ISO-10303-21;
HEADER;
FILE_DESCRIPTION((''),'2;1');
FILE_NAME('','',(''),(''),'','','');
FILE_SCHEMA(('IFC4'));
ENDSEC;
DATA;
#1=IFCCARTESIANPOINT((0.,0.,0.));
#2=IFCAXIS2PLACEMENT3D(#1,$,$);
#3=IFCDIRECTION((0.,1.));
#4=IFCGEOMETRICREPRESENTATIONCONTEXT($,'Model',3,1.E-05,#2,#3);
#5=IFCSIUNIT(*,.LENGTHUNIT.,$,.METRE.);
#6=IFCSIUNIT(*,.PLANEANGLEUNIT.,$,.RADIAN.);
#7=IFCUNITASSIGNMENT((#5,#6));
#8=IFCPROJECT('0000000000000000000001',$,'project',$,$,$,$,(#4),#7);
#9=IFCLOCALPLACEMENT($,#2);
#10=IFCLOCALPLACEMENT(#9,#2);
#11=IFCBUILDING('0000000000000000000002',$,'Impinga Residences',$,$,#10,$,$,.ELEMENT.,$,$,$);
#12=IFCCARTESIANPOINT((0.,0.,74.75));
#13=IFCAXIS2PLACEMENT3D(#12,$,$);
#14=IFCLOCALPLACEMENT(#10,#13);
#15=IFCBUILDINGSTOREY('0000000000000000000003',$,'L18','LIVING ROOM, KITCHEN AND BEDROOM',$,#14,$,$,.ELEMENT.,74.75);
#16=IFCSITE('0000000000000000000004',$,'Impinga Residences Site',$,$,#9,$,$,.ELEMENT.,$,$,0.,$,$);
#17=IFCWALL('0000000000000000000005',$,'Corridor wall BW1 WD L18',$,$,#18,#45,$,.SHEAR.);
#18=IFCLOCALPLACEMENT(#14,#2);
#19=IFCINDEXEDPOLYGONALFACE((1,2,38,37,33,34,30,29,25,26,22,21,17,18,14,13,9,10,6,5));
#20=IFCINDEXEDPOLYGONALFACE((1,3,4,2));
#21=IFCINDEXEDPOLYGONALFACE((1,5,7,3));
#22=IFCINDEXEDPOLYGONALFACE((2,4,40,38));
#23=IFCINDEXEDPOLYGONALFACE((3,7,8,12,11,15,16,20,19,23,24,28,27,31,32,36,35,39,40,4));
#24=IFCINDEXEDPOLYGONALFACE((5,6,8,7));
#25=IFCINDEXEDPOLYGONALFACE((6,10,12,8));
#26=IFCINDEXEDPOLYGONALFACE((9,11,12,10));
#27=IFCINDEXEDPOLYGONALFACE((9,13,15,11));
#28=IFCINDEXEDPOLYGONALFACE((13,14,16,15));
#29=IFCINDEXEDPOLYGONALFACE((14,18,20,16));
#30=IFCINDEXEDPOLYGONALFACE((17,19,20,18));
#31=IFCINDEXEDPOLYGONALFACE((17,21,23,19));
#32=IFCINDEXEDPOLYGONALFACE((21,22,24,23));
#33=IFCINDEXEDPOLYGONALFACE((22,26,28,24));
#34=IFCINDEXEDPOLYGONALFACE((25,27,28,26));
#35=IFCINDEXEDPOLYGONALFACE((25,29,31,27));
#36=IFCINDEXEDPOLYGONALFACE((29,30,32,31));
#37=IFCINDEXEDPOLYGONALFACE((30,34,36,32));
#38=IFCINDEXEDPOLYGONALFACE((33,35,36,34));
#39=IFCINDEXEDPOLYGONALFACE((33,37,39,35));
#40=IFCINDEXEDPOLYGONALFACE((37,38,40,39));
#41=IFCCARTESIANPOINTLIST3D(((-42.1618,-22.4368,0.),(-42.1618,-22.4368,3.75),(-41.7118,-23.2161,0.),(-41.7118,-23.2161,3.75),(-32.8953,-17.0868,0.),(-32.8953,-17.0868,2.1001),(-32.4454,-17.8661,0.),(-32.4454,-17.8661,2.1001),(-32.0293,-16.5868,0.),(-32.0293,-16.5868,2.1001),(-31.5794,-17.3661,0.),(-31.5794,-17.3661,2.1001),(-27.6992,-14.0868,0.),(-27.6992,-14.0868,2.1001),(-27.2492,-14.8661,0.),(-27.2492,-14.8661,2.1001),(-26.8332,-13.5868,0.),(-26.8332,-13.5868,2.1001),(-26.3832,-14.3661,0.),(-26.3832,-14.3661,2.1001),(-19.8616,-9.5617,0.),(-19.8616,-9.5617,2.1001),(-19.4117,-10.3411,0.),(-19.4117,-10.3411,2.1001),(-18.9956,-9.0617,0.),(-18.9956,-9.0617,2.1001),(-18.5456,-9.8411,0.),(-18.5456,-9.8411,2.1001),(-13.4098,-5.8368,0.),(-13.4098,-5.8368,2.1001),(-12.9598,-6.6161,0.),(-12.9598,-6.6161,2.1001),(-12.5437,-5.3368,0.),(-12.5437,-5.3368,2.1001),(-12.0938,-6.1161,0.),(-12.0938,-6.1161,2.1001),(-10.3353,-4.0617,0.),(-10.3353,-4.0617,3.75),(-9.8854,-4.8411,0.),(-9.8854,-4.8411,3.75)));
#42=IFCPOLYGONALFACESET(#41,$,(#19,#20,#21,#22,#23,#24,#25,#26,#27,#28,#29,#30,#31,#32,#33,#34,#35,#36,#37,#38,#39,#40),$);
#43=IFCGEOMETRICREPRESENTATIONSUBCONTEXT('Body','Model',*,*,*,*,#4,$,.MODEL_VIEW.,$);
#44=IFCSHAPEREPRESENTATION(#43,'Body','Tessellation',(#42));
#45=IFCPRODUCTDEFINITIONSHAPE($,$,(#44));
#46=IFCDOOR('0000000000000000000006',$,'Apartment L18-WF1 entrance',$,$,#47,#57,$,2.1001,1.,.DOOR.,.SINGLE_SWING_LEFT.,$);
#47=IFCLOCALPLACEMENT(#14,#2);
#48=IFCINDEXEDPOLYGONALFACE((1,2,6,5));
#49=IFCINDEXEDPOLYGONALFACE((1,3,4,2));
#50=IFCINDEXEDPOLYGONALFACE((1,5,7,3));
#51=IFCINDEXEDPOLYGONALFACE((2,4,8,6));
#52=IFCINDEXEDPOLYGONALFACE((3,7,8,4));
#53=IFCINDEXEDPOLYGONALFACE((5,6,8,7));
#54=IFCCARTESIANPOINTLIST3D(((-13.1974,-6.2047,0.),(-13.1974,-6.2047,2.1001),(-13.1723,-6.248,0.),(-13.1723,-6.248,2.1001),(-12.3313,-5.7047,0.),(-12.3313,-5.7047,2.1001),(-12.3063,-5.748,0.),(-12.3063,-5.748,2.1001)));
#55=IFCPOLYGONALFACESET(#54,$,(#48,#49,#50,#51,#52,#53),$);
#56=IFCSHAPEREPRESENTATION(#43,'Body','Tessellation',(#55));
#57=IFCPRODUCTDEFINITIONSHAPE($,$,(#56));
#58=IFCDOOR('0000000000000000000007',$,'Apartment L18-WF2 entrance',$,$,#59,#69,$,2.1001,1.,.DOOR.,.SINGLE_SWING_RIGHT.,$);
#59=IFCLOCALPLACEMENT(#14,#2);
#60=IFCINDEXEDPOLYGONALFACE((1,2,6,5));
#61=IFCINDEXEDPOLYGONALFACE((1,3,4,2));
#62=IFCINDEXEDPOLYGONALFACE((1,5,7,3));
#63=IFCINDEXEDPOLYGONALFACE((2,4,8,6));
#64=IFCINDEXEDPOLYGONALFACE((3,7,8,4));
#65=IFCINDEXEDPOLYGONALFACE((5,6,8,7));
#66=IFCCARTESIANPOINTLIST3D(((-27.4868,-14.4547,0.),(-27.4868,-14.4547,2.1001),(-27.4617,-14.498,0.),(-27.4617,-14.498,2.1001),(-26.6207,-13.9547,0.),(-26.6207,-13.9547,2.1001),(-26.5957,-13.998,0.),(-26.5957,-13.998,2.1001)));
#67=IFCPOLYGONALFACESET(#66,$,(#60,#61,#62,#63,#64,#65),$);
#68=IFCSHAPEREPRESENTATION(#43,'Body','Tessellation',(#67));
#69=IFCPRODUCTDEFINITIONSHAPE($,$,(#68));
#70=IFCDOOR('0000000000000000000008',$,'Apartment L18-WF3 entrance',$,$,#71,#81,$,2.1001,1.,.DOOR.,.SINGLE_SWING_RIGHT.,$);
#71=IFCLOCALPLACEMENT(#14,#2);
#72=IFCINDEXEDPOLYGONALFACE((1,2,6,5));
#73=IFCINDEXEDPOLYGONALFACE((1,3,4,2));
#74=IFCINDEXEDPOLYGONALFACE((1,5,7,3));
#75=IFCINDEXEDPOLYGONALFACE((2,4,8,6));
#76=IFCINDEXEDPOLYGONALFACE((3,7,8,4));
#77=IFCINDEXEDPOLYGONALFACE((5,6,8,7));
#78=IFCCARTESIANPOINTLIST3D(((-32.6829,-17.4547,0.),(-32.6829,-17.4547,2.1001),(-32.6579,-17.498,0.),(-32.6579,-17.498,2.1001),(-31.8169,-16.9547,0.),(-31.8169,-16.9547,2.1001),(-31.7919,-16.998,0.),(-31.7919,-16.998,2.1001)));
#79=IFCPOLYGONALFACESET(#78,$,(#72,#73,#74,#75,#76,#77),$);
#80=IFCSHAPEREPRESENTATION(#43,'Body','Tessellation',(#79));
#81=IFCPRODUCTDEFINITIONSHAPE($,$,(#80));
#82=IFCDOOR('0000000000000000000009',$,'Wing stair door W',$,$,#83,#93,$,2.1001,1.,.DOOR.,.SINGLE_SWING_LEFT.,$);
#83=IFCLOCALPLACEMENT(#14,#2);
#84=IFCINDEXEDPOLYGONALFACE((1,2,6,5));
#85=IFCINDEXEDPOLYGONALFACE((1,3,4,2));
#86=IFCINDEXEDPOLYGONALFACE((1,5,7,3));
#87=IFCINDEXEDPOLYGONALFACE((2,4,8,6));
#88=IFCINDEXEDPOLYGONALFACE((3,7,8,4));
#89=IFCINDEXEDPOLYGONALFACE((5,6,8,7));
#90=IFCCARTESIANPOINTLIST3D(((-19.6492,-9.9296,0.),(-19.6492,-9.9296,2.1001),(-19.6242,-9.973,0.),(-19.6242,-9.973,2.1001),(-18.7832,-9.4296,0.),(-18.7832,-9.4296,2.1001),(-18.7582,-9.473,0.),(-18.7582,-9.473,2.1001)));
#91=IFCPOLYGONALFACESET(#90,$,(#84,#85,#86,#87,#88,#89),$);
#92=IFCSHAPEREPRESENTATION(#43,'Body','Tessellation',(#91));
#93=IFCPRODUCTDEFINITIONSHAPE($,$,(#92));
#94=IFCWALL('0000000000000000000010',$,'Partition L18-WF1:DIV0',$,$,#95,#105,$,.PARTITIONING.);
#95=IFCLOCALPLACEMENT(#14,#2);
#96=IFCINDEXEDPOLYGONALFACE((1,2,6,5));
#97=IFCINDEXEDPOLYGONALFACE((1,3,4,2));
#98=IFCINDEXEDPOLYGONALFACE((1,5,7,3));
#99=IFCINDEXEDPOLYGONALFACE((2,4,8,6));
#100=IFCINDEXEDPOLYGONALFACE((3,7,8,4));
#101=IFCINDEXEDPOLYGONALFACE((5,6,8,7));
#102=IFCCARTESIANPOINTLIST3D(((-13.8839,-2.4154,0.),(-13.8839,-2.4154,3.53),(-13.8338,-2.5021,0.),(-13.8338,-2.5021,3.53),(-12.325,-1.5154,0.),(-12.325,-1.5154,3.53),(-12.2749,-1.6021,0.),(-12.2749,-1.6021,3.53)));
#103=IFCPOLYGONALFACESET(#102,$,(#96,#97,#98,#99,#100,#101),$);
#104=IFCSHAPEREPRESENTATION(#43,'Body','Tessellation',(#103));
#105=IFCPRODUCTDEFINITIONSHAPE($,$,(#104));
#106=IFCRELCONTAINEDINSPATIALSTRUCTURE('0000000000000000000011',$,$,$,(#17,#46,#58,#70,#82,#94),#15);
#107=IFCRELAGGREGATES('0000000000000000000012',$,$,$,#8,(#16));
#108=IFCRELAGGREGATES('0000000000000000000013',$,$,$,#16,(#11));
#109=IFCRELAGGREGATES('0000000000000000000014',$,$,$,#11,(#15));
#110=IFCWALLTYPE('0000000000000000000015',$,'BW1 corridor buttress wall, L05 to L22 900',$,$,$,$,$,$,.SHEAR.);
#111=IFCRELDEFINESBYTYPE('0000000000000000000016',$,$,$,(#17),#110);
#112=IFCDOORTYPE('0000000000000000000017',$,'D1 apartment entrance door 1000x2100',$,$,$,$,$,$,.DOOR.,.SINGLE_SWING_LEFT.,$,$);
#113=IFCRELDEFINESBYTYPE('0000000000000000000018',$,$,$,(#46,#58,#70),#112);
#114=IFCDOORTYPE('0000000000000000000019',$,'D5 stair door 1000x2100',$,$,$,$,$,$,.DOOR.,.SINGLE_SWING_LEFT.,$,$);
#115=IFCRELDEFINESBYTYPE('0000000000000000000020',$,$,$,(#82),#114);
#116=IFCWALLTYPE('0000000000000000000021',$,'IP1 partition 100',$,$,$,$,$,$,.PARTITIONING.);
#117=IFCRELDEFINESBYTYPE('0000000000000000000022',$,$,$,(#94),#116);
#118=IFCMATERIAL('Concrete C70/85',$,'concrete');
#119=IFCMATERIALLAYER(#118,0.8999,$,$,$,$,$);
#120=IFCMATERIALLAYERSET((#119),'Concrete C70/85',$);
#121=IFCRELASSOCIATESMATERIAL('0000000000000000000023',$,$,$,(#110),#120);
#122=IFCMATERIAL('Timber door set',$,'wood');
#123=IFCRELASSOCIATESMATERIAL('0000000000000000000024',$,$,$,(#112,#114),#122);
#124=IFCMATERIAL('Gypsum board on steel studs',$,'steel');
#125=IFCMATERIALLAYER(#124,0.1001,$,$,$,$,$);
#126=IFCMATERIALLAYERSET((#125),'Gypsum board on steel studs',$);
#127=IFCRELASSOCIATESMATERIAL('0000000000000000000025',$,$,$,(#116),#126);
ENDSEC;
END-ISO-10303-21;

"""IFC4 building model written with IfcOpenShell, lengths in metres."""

from ifc_helpers import new_model, si_unit, direction, frame, frame_2d, origin, place, context, subcontext, project, spatial, rectangle, extrude, material, layer, layer_set, type_object, element, fill, save


model = new_model("IFC4")

# Units and contexts
model_context = context("Model", 3, precision=1e-05, world=origin(), true_north=direction((0.0, 1.0)))
body_context = subcontext(model_context, "Body", "Model", "MODEL_VIEW")
ifc_project = project(units=[si_unit("LENGTHUNIT", "METRE"), si_unit("PLANEANGLEUNIT", "RADIAN")], contexts=[model_context])

# Site, building, storey
site_placement = place(None, origin())
site = spatial("IfcSite", under=ifc_project, at=site_placement, Name="Impinga Residences Site", CompositionType="ELEMENT", RefElevation=0.0)
building_placement = place(site_placement, origin())
building = spatial("IfcBuilding", under=site, at=building_placement, Name="Impinga Residences", CompositionType="ELEMENT")
storey_placement = place(building_placement, frame((0.0, 0.0, 74.75)))
storey = spatial("IfcBuildingStorey", under=building, at=storey_placement, Name="L18", Description="LIVING ROOM, KITCHEN AND BEDROOM", CompositionType="ELEMENT", Elevation=74.75)

# Wall, openings, doors
ifc_material_1 = material(Name="Concrete C70/85", Category="concrete")
ifc_layer_1 = layer(ifc_material_1, 0.8999)
ifc_layer_set_1 = layer_set([ifc_layer_1], Name="Concrete C70/85")
wall_type_1 = type_object("IfcWallType", Name="BW1 corridor buttress wall, L05 to L22 900", PredefinedType="SHEAR", material=ifc_layer_set_1)
wall_1_placement = place(storey_placement, frame((-10.1104, -4.4514, 0.0), z_axis=(0.0, 0.0, 1.0), x_axis=(-0.866025, -0.5, 0.0)))
wall_1 = element("IfcWall", 1, at=wall_1_placement, inside=storey, type_object=wall_type_1, Name="Corridor wall BW1 WD L18", PredefinedType="SHEAR", context=body_context, shape_type="SweptSolid", body=[
    extrude(rectangle(XDim=36.75, YDim=0.8999, at=frame_2d((18.375, 0.0))), origin(), (0.0, 0.0, 1.0), 3.75),
])
opening_1_placement = place(wall_1_placement, frame((10.0, 0.0, 0.0)))
opening_1 = element("IfcOpeningElement", 2, at=opening_1_placement, cuts=wall_1, PredefinedType="OPENING", context=body_context, shape_type="SweptSolid", body=[
    extrude(rectangle(XDim=1.0, YDim=2.1001, at=frame_2d((0.5, 1.05))), frame((0.0, 0.46, 0.0), z_axis=(0.0, -1.0, 0.0), x_axis=(1.0, 0.0, 0.0)), (0.0, 0.0, 1.0), 0.9199),
])
opening_2_placement = place(wall_1_placement, frame((2.55, 0.0, 0.0)))
opening_2 = element("IfcOpeningElement", 3, at=opening_2_placement, cuts=wall_1, PredefinedType="OPENING", context=body_context, shape_type="SweptSolid", body=[
    extrude(rectangle(XDim=1.0, YDim=2.1001, at=frame_2d((0.5, 1.05))), frame((0.0, 0.46, 0.0), z_axis=(0.0, -1.0, 0.0), x_axis=(1.0, 0.0, 0.0)), (0.0, 0.0, 1.0), 0.9199),
])
opening_3_placement = place(wall_1_placement, frame((19.05, 0.0, 0.0)))
opening_3 = element("IfcOpeningElement", 4, at=opening_3_placement, cuts=wall_1, PredefinedType="OPENING", context=body_context, shape_type="SweptSolid", body=[
    extrude(rectangle(XDim=1.0, YDim=2.1001, at=frame_2d((0.5, 1.05))), frame((0.0, 0.46, 0.0), z_axis=(0.0, -1.0, 0.0), x_axis=(1.0, 0.0, 0.0)), (0.0, 0.0, 1.0), 0.9199),
])
opening_4_placement = place(wall_1_placement, frame((25.05, 0.0, 0.0)))
opening_4 = element("IfcOpeningElement", 5, at=opening_4_placement, cuts=wall_1, PredefinedType="OPENING", context=body_context, shape_type="SweptSolid", body=[
    extrude(rectangle(XDim=1.0, YDim=2.1001, at=frame_2d((0.5, 1.05))), frame((0.0, 0.46, 0.0), z_axis=(0.0, -1.0, 0.0), x_axis=(1.0, 0.0, 0.0)), (0.0, 0.0, 1.0), 0.9199),
])
ifc_material_2 = material(Name="Timber door set", Category="wood")
door_type_1 = type_object("IfcDoorType", Name="D1 apartment entrance door 1000x2100", OperationType="SINGLE_SWING_LEFT", PredefinedType="DOOR", material=ifc_material_2)
door_1_placement = place(opening_2_placement, origin())
door_1 = element("IfcDoor", 6, at=door_1_placement, inside=storey, type_object=door_type_1, Name="Apartment L18-WF1 entrance", OperationType="SINGLE_SWING_LEFT", OverallHeight=2.1001, OverallWidth=1.0, PredefinedType="DOOR", context=body_context, shape_type="SweptSolid", body=[
    extrude(rectangle(XDim=1.0, YDim=2.1001, at=frame_2d((0.5, 1.05))), frame((0.0, 0.0249, 0.0), z_axis=(0.0, -1.0, 0.0), x_axis=(1.0, 0.0, 0.0)), (0.0, 0.0, 1.0), 0.05),
])
fill(opening_2, door_1)
door_2_placement = place(opening_3_placement, origin())
door_2 = element("IfcDoor", 7, at=door_2_placement, inside=storey, type_object=door_type_1, Name="Apartment L18-WF2 entrance", OperationType="SINGLE_SWING_RIGHT", OverallHeight=2.1001, OverallWidth=1.0, PredefinedType="DOOR", context=body_context, shape_type="SweptSolid", body=[
    extrude(rectangle(XDim=1.0, YDim=2.1001, at=frame_2d((0.5, 1.05))), frame((0.0, 0.0249, 0.0), z_axis=(0.0, -1.0, 0.0), x_axis=(1.0, 0.0, 0.0)), (0.0, 0.0, 1.0), 0.05),
])
fill(opening_3, door_2)
door_3_placement = place(opening_4_placement, origin())
door_3 = element("IfcDoor", 8, at=door_3_placement, inside=storey, type_object=door_type_1, Name="Apartment L18-WF3 entrance", OperationType="SINGLE_SWING_RIGHT", OverallHeight=2.1001, OverallWidth=1.0, PredefinedType="DOOR", context=body_context, shape_type="SweptSolid", body=[
    extrude(rectangle(XDim=1.0, YDim=2.1001, at=frame_2d((0.5, 1.05))), frame((0.0, 0.0249, 0.0), z_axis=(0.0, -1.0, 0.0), x_axis=(1.0, 0.0, 0.0)), (0.0, 0.0, 1.0), 0.05),
])
fill(opening_4, door_3)
door_type_2 = type_object("IfcDoorType", Name="D5 stair door 1000x2100", OperationType="SINGLE_SWING_LEFT", PredefinedType="DOOR", material=ifc_material_2)
door_4_placement = place(opening_1_placement, origin())
door_4 = element("IfcDoor", 9, at=door_4_placement, inside=storey, type_object=door_type_2, Name="Wing stair door W", OperationType="SINGLE_SWING_LEFT", OverallHeight=2.1001, OverallWidth=1.0, PredefinedType="DOOR", context=body_context, shape_type="SweptSolid", body=[
    extrude(rectangle(XDim=1.0, YDim=2.1001, at=frame_2d((0.5, 1.05))), frame((0.0, 0.0249, 0.0), z_axis=(0.0, -1.0, 0.0), x_axis=(1.0, 0.0, 0.0)), (0.0, 0.0, 1.0), 0.05),
])
fill(opening_1, door_4)

# Wall
ifc_material_3 = material(Name="Gypsum board on steel studs", Category="steel")
ifc_layer_2 = layer(ifc_material_3, 0.1001)
ifc_layer_set_2 = layer_set([ifc_layer_2], Name="Gypsum board on steel studs")
wall_type_2 = type_object("IfcWallType", Name="IP1 partition 100", PredefinedType="PARTITIONING", material=ifc_layer_set_2)
wall_2_placement = place(storey_placement, frame((-12.3, -1.5588, 0.0), z_axis=(0.0, 0.0, 1.0), x_axis=(-0.866048, -0.499961, 0.0)))
element("IfcWall", 10, at=wall_2_placement, inside=storey, type_object=wall_type_2, Name="Partition L18-WF1:DIV0", PredefinedType="PARTITIONING", context=body_context, shape_type="SweptSolid", body=[
    extrude(rectangle(XDim=1.8, YDim=0.1001, at=frame_2d((0.8999, 0.0))), origin(), (0.0, 0.0, 1.0), 3.53),
])

save(model, "model.ifc")
